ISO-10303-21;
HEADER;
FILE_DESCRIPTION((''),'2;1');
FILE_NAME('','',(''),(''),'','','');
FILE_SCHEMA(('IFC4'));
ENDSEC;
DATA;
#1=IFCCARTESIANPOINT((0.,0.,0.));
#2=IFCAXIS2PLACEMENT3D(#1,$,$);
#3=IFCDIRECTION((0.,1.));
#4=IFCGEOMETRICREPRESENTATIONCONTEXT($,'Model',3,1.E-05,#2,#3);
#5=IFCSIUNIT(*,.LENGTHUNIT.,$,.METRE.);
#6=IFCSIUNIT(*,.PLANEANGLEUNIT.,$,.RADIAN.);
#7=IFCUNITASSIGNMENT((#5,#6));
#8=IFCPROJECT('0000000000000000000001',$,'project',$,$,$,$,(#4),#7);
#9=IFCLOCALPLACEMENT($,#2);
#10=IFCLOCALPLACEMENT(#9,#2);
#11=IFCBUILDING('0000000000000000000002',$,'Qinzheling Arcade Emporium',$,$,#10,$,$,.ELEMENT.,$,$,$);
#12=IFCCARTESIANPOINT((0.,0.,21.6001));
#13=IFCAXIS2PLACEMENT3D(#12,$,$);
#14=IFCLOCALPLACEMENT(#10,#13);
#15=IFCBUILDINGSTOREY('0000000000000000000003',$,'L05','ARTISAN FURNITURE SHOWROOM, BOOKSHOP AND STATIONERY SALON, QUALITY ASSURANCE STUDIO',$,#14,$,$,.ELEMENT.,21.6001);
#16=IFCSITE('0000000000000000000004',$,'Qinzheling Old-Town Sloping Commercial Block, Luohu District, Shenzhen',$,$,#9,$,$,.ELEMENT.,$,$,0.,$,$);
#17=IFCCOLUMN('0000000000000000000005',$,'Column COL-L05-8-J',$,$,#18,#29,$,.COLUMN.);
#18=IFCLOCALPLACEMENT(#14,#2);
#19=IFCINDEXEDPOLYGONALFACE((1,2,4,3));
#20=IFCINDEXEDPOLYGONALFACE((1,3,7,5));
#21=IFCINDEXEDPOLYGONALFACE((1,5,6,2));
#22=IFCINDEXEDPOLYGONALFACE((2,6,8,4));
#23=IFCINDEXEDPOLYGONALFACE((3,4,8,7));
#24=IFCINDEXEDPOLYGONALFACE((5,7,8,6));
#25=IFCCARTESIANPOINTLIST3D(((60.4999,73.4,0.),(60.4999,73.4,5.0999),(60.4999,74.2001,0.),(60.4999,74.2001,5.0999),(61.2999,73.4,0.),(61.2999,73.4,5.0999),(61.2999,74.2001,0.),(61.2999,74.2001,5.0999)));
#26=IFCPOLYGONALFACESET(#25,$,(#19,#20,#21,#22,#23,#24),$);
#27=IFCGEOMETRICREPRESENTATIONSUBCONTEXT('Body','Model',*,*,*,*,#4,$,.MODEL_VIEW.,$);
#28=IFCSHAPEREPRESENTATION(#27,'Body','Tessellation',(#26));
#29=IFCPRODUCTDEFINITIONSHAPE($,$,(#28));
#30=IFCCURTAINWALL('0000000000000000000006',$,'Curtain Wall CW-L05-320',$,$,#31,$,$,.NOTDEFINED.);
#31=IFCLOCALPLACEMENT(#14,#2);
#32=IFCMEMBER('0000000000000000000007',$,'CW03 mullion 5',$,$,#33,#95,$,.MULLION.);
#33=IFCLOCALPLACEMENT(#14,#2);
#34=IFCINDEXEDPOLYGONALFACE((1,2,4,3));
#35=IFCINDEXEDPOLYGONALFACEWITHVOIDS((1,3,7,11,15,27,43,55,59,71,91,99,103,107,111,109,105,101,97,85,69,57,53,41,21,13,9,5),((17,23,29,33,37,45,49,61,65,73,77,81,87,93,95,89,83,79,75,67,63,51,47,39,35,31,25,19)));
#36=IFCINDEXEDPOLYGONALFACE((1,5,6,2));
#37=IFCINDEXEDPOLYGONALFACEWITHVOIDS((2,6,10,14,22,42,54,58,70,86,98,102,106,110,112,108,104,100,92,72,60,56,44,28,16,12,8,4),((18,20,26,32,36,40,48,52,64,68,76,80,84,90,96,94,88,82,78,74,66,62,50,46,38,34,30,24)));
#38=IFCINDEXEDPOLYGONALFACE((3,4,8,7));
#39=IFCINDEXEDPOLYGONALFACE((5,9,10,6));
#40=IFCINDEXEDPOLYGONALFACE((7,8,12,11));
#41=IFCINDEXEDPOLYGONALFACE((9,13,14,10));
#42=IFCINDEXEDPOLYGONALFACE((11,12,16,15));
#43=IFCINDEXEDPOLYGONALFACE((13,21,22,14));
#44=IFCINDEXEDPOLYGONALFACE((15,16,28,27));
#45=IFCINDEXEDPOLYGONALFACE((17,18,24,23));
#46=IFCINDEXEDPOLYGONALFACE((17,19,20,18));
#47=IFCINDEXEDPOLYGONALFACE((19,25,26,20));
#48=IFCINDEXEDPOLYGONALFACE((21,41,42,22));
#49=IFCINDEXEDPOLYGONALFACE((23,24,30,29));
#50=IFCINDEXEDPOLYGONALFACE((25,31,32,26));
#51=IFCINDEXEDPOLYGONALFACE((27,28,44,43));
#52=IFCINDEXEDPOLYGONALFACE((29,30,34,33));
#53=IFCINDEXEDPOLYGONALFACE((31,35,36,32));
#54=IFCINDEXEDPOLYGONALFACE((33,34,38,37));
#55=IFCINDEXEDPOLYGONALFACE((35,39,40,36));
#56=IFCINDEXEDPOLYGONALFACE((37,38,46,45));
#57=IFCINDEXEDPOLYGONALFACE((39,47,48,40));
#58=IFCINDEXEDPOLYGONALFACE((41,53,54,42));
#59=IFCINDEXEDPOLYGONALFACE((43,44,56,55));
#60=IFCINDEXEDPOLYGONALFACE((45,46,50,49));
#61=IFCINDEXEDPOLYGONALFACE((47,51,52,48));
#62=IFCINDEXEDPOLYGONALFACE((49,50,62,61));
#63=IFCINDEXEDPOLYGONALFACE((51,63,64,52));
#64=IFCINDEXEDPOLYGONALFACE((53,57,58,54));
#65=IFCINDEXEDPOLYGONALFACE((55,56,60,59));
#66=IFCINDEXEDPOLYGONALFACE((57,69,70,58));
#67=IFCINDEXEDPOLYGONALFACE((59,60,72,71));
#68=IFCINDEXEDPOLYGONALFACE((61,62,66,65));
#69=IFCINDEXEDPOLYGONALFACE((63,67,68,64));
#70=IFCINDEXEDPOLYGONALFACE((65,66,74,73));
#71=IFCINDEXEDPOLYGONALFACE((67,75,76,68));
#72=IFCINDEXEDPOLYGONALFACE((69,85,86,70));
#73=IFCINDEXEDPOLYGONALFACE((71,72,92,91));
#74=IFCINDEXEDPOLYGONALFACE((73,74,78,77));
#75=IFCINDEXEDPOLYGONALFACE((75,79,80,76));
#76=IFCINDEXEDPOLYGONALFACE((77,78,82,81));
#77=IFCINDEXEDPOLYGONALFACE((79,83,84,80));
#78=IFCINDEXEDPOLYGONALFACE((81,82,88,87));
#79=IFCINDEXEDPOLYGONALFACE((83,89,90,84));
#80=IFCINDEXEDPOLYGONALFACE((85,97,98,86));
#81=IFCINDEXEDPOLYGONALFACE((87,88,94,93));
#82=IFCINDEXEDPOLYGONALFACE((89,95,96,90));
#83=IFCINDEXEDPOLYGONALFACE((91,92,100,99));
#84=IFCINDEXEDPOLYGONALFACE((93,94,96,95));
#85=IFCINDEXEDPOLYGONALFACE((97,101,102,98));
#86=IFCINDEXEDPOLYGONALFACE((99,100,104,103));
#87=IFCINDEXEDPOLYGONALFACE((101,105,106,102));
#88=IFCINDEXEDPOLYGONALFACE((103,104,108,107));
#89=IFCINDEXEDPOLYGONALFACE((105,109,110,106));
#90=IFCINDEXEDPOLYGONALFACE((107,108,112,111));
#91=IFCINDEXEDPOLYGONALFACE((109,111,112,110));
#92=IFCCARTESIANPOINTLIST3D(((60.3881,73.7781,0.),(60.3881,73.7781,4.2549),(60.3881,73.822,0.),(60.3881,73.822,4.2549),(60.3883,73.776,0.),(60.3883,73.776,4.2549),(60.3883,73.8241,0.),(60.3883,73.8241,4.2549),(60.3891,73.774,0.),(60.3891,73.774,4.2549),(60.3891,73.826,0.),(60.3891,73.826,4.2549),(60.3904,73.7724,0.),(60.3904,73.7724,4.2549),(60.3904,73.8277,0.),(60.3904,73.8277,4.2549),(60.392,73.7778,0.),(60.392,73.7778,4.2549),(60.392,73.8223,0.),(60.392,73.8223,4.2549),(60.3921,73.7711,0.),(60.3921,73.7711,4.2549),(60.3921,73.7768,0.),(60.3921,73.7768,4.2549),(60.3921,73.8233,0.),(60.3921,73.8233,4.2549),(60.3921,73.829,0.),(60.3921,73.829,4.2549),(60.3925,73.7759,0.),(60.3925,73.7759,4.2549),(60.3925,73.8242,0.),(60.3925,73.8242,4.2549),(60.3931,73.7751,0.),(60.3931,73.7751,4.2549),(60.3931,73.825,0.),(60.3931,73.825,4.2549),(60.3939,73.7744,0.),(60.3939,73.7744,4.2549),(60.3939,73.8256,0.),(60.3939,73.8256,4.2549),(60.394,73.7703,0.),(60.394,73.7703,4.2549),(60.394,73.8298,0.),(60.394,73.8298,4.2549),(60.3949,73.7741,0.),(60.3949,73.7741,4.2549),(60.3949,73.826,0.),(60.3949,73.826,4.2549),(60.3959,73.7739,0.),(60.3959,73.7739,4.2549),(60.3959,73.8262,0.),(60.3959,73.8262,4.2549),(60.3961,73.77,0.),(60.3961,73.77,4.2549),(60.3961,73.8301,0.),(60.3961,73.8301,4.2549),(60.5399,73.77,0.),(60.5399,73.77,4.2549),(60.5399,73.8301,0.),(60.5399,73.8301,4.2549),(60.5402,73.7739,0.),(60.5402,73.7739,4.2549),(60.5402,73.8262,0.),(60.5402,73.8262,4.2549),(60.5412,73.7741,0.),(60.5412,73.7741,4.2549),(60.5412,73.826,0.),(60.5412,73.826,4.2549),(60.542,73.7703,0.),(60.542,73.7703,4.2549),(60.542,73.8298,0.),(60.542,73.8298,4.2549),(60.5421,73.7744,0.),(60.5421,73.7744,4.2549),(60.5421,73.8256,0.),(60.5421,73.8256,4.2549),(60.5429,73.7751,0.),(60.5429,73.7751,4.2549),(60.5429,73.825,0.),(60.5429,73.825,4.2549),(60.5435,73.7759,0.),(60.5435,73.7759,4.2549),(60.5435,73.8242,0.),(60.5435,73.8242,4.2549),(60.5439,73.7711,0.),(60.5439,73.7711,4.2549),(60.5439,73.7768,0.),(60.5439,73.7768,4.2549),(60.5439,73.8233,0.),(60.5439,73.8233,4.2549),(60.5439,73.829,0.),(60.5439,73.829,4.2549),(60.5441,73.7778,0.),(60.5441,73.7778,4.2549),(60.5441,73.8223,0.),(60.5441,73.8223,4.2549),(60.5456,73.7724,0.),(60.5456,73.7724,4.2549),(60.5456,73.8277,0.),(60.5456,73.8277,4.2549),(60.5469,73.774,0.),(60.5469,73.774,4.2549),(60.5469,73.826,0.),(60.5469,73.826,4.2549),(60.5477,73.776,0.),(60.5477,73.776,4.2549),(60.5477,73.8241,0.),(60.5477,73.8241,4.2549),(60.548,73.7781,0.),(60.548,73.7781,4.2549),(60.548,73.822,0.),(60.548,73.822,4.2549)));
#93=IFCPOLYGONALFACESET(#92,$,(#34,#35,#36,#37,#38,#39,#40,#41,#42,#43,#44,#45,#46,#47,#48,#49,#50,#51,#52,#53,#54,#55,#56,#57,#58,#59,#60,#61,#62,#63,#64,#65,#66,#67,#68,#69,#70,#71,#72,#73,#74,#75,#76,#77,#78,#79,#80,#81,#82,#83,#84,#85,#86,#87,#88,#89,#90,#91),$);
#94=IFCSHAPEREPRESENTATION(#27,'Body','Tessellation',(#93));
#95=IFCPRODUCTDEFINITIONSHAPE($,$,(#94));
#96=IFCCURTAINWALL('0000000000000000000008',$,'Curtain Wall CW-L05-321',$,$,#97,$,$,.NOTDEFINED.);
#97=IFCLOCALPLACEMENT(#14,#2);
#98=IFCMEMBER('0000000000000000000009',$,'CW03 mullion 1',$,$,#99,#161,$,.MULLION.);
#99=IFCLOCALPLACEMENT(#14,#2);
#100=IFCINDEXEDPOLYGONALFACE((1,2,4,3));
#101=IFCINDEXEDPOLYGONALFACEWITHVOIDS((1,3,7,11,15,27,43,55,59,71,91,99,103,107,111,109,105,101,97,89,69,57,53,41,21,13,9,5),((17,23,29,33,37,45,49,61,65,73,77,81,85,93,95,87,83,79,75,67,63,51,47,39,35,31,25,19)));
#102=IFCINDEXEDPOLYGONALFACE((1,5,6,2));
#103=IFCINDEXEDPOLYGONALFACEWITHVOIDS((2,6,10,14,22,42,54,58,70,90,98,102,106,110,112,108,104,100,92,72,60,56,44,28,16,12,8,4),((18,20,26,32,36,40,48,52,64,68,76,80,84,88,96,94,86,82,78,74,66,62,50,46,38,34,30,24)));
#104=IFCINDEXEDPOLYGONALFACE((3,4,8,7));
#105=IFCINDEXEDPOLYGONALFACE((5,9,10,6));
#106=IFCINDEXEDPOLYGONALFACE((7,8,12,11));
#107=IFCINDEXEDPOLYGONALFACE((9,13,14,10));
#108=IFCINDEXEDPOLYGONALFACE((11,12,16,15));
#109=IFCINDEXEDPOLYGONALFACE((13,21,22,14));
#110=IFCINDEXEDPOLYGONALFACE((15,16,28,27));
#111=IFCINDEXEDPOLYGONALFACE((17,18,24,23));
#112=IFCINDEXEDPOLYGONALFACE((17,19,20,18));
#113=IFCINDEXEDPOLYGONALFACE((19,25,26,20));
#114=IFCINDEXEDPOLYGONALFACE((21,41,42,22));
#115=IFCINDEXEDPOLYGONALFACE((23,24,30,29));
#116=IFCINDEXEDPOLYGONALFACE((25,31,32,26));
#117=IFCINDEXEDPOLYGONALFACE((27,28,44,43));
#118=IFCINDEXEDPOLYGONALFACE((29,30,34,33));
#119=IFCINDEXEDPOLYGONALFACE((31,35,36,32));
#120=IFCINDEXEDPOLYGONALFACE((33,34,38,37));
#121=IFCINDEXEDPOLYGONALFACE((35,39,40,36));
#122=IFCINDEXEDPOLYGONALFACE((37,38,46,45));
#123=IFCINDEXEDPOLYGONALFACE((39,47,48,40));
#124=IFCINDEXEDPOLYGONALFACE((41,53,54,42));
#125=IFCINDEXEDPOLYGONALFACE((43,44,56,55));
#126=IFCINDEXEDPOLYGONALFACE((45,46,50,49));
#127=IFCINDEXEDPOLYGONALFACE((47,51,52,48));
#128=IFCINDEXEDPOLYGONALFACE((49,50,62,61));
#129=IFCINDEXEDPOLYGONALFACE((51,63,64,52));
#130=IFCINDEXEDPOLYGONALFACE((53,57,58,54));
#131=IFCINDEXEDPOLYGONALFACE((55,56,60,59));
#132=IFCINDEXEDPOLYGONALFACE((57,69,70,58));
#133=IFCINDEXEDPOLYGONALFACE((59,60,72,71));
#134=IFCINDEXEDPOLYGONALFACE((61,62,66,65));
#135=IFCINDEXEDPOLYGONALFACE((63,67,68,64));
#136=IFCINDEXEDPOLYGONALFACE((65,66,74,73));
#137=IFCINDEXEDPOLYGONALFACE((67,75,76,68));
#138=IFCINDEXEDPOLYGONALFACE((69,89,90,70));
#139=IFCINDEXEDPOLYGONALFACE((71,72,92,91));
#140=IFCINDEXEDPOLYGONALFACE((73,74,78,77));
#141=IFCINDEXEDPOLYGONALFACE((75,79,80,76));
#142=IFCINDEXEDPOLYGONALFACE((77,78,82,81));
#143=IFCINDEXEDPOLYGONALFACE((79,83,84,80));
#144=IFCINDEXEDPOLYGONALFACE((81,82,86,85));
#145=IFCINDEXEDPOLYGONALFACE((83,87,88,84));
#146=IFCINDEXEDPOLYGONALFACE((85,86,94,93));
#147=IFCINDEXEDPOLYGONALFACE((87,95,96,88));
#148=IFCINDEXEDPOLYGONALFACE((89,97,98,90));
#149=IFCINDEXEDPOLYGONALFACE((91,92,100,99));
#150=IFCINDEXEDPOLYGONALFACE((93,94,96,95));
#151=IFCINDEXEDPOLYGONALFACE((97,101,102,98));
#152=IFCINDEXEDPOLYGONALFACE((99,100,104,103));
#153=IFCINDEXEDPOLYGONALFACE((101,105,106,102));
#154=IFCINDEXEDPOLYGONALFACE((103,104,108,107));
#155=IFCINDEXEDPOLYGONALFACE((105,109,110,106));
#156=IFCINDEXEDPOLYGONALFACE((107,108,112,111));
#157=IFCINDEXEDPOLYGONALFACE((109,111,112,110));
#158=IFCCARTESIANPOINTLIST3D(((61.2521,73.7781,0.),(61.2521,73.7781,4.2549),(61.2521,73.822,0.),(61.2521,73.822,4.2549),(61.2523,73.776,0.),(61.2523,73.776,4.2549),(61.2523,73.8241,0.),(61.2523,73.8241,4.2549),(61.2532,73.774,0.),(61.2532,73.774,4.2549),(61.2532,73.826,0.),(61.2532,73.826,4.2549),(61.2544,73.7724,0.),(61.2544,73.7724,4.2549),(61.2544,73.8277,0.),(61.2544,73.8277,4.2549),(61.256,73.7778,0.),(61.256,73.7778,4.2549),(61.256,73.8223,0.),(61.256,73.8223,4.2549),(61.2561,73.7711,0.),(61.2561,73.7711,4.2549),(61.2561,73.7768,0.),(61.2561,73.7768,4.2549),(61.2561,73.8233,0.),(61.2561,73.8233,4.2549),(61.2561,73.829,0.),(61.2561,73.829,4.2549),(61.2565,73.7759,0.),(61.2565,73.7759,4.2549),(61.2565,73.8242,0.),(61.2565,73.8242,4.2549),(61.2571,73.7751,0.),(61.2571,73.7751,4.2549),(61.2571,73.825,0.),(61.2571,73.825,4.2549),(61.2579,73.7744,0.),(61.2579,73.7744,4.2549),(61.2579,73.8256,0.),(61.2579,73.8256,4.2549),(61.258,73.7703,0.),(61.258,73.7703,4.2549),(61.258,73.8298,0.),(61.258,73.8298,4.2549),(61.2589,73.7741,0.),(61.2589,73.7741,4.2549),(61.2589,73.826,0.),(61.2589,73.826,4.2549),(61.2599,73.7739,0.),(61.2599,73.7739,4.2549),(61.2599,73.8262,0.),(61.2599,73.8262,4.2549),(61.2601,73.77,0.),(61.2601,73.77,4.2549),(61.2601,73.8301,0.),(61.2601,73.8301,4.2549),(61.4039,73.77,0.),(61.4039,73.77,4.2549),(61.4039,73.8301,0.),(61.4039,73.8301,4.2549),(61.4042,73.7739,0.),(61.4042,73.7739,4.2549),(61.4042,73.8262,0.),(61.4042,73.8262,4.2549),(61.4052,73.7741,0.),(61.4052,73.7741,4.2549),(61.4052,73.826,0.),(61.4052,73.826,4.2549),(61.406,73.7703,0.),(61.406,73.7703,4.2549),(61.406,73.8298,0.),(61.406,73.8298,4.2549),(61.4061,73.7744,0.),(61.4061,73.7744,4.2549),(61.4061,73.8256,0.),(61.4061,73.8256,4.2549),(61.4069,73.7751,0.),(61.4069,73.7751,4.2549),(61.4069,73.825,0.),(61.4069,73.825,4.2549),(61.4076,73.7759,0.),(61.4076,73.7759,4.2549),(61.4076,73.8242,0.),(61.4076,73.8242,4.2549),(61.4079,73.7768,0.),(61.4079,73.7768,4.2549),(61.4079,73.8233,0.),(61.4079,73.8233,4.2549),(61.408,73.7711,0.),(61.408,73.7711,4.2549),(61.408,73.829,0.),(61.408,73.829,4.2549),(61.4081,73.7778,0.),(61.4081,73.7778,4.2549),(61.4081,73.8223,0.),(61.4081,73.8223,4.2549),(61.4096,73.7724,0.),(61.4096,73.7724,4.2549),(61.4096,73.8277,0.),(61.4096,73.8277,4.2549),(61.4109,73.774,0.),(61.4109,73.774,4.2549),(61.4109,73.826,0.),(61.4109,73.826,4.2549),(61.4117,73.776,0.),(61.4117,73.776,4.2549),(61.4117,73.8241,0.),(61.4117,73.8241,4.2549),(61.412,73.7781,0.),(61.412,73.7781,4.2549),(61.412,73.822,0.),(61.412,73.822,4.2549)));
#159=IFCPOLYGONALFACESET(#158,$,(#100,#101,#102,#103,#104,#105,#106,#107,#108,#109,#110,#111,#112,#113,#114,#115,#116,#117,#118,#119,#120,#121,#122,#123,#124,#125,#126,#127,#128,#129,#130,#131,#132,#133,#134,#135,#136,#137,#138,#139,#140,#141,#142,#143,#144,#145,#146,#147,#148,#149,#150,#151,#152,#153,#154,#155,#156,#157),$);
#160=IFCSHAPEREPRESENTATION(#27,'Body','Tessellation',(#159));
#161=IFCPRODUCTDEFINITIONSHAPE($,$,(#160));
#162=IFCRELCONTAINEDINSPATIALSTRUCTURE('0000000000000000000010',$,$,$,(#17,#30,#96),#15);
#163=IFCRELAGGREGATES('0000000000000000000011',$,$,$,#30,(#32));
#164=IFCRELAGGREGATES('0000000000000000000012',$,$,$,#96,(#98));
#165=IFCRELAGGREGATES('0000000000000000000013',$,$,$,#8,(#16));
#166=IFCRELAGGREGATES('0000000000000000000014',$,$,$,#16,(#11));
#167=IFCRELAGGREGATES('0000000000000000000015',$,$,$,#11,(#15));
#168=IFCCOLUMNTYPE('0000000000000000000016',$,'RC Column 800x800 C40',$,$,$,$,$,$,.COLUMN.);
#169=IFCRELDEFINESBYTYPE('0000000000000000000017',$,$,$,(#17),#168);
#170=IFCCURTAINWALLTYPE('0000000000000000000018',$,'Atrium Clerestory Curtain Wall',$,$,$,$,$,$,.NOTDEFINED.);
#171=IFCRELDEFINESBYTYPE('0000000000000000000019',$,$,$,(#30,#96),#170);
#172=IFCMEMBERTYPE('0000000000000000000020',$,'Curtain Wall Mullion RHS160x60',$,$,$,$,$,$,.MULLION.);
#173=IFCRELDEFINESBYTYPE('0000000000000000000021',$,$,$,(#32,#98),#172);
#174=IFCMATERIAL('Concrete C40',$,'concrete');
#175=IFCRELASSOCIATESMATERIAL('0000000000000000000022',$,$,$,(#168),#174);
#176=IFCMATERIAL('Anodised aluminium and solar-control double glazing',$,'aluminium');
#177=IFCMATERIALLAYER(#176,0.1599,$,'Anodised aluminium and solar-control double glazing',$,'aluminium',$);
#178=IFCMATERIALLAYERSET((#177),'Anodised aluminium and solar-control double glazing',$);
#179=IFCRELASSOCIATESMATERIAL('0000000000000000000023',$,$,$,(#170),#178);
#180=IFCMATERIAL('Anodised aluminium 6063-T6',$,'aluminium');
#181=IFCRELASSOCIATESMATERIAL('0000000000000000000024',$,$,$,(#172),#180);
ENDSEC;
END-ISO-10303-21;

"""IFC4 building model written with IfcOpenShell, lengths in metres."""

from ifc_helpers import new_model, si_unit, direction, frame, origin, origin_2d, place, context, subcontext, project, spatial, rectangle, hollow_rectangle, extrude, material, layer, layer_set, material_profile, profile_set, type_object, element, aggregate, save


model = new_model("IFC4")

# Units and contexts
model_context = context("Model", 3, precision=1e-05, world=origin(), true_north=direction((0.0, 1.0)))
body_context = subcontext(model_context, "Body", "Model", "MODEL_VIEW")
ifc_project = project(units=[si_unit("LENGTHUNIT", "METRE"), si_unit("PLANEANGLEUNIT", "RADIAN")], contexts=[model_context])

# Site, building, storey
site_placement = place(None, origin())
site = spatial("IfcSite", under=ifc_project, at=site_placement, Name="Qinzheling Old-Town Sloping Commercial Block, Luohu District, Shenzhen", CompositionType="ELEMENT", RefElevation=0.0)
building_placement = place(site_placement, origin())
building = spatial("IfcBuilding", under=site, at=building_placement, Name="Qinzheling Arcade Emporium", CompositionType="ELEMENT")
storey_placement = place(building_placement, frame((0.0, 0.0, 21.6001)))
storey = spatial("IfcBuildingStorey", under=building, at=storey_placement, Name="L05", Description="ARTISAN FURNITURE SHOWROOM, BOOKSHOP AND STATIONERY SALON, QUALITY ASSURANCE STUDIO", CompositionType="ELEMENT", Elevation=21.6001)

# Column
ifc_material_1 = material(Name="Concrete C40", Category="concrete")
ifc_material_profile_1 = material_profile(ifc_material_1, rectangle(XDim=0.8, YDim=0.8, at=origin_2d()), Name="RC 800x800", Category="concrete")
ifc_profile_set_1 = profile_set([ifc_material_profile_1], Name="Concrete C40")
column_type = type_object("IfcColumnType", Name="RC Column 800x800 C40", PredefinedType="COLUMN", material=ifc_profile_set_1)
column_placement = place(storey_placement, frame((60.8999, 73.8, 0.0), z_axis=(0.0, 0.0, 1.0), x_axis=(1.0, 0.0, 0.0)))
element("IfcColumn", 1, at=column_placement, inside=storey, type_object=column_type, Name="Column COL-L05-8-J", PredefinedType="COLUMN", context=body_context, shape_type="SweptSolid", body=[
    extrude(rectangle(XDim=0.8, YDim=0.8, at=origin_2d()), origin(), (0.0, 0.0, 1.0), 5.0999),
])

# Curtain wall, member
ifc_material_2 = material(Name="Anodised aluminium and solar-control double glazing", Category="aluminium")
ifc_layer_1 = layer(ifc_material_2, 0.1599, Name="Anodised aluminium and solar-control double glazing", Category="aluminium")
ifc_layer_set_1 = layer_set([ifc_layer_1], Name="Anodised aluminium and solar-control double glazing")
curtain_wall_type = type_object("IfcCurtainWallType", Name="Atrium Clerestory Curtain Wall", PredefinedType="NOTDEFINED", material=ifc_layer_set_1)
curtain_wall_1_placement = place(storey_placement, origin())
curtain_wall_1 = element("IfcCurtainWall", 2, at=curtain_wall_1_placement, inside=storey, type_object=curtain_wall_type, Name="Curtain Wall CW-L05-320", PredefinedType="NOTDEFINED")
ifc_material_3 = material(Name="Anodised aluminium 6063-T6", Category="aluminium")
ifc_material_profile_2 = material_profile(ifc_material_3, hollow_rectangle(XDim=0.0601, YDim=0.1599, WallThickness=0.0039, InnerFilletRadius=0.0039, OuterFilletRadius=0.0081, at=origin_2d()), Name="RHS 160x60x4", Category="aluminium")
ifc_profile_set_2 = profile_set([ifc_material_profile_2], Name="Anodised aluminium 6063-T6")
member_type_1 = type_object("IfcMemberType", Name="Curtain Wall Mullion RHS160x60", PredefinedType="MULLION", material=ifc_profile_set_2)
member_1_placement = place(storey_placement, frame((60.468, 73.8, 0.0), z_axis=(0.0, 0.0, 1.0), x_axis=(0.0, 1.0, 0.0)))
member_1 = element("IfcMember", 3, at=member_1_placement, type_object=member_type_1, Name="CW03 mullion 5", PredefinedType="MULLION", context=body_context, shape_type="SweptSolid", body=[
    extrude(hollow_rectangle(XDim=0.0601, YDim=0.1599, WallThickness=0.0039, InnerFilletRadius=0.0039, OuterFilletRadius=0.0081, at=origin_2d()), origin(), (0.0, 0.0, 1.0), 4.2549),
])

# Curtain wall, member
curtain_wall_2_placement = place(storey_placement, origin())
curtain_wall_2 = element("IfcCurtainWall", 4, at=curtain_wall_2_placement, inside=storey, type_object=curtain_wall_type, Name="Curtain Wall CW-L05-321", PredefinedType="NOTDEFINED")
member_2_placement = place(storey_placement, frame((61.332, 73.8, 0.0), z_axis=(0.0, 0.0, 1.0), x_axis=(0.0, 1.0, 0.0)))
member_2 = element("IfcMember", 5, at=member_2_placement, type_object=member_type_1, Name="CW03 mullion 1", PredefinedType="MULLION", context=body_context, shape_type="SweptSolid", body=[
    extrude(hollow_rectangle(XDim=0.0601, YDim=0.1599, WallThickness=0.0039, InnerFilletRadius=0.0039, OuterFilletRadius=0.0081, at=origin_2d()), origin(), (0.0, 0.0, 1.0), 4.2549),
])

aggregate(curtain_wall_1, [member_1])
aggregate(curtain_wall_2, [member_2])

save(model, "model.ifc")
